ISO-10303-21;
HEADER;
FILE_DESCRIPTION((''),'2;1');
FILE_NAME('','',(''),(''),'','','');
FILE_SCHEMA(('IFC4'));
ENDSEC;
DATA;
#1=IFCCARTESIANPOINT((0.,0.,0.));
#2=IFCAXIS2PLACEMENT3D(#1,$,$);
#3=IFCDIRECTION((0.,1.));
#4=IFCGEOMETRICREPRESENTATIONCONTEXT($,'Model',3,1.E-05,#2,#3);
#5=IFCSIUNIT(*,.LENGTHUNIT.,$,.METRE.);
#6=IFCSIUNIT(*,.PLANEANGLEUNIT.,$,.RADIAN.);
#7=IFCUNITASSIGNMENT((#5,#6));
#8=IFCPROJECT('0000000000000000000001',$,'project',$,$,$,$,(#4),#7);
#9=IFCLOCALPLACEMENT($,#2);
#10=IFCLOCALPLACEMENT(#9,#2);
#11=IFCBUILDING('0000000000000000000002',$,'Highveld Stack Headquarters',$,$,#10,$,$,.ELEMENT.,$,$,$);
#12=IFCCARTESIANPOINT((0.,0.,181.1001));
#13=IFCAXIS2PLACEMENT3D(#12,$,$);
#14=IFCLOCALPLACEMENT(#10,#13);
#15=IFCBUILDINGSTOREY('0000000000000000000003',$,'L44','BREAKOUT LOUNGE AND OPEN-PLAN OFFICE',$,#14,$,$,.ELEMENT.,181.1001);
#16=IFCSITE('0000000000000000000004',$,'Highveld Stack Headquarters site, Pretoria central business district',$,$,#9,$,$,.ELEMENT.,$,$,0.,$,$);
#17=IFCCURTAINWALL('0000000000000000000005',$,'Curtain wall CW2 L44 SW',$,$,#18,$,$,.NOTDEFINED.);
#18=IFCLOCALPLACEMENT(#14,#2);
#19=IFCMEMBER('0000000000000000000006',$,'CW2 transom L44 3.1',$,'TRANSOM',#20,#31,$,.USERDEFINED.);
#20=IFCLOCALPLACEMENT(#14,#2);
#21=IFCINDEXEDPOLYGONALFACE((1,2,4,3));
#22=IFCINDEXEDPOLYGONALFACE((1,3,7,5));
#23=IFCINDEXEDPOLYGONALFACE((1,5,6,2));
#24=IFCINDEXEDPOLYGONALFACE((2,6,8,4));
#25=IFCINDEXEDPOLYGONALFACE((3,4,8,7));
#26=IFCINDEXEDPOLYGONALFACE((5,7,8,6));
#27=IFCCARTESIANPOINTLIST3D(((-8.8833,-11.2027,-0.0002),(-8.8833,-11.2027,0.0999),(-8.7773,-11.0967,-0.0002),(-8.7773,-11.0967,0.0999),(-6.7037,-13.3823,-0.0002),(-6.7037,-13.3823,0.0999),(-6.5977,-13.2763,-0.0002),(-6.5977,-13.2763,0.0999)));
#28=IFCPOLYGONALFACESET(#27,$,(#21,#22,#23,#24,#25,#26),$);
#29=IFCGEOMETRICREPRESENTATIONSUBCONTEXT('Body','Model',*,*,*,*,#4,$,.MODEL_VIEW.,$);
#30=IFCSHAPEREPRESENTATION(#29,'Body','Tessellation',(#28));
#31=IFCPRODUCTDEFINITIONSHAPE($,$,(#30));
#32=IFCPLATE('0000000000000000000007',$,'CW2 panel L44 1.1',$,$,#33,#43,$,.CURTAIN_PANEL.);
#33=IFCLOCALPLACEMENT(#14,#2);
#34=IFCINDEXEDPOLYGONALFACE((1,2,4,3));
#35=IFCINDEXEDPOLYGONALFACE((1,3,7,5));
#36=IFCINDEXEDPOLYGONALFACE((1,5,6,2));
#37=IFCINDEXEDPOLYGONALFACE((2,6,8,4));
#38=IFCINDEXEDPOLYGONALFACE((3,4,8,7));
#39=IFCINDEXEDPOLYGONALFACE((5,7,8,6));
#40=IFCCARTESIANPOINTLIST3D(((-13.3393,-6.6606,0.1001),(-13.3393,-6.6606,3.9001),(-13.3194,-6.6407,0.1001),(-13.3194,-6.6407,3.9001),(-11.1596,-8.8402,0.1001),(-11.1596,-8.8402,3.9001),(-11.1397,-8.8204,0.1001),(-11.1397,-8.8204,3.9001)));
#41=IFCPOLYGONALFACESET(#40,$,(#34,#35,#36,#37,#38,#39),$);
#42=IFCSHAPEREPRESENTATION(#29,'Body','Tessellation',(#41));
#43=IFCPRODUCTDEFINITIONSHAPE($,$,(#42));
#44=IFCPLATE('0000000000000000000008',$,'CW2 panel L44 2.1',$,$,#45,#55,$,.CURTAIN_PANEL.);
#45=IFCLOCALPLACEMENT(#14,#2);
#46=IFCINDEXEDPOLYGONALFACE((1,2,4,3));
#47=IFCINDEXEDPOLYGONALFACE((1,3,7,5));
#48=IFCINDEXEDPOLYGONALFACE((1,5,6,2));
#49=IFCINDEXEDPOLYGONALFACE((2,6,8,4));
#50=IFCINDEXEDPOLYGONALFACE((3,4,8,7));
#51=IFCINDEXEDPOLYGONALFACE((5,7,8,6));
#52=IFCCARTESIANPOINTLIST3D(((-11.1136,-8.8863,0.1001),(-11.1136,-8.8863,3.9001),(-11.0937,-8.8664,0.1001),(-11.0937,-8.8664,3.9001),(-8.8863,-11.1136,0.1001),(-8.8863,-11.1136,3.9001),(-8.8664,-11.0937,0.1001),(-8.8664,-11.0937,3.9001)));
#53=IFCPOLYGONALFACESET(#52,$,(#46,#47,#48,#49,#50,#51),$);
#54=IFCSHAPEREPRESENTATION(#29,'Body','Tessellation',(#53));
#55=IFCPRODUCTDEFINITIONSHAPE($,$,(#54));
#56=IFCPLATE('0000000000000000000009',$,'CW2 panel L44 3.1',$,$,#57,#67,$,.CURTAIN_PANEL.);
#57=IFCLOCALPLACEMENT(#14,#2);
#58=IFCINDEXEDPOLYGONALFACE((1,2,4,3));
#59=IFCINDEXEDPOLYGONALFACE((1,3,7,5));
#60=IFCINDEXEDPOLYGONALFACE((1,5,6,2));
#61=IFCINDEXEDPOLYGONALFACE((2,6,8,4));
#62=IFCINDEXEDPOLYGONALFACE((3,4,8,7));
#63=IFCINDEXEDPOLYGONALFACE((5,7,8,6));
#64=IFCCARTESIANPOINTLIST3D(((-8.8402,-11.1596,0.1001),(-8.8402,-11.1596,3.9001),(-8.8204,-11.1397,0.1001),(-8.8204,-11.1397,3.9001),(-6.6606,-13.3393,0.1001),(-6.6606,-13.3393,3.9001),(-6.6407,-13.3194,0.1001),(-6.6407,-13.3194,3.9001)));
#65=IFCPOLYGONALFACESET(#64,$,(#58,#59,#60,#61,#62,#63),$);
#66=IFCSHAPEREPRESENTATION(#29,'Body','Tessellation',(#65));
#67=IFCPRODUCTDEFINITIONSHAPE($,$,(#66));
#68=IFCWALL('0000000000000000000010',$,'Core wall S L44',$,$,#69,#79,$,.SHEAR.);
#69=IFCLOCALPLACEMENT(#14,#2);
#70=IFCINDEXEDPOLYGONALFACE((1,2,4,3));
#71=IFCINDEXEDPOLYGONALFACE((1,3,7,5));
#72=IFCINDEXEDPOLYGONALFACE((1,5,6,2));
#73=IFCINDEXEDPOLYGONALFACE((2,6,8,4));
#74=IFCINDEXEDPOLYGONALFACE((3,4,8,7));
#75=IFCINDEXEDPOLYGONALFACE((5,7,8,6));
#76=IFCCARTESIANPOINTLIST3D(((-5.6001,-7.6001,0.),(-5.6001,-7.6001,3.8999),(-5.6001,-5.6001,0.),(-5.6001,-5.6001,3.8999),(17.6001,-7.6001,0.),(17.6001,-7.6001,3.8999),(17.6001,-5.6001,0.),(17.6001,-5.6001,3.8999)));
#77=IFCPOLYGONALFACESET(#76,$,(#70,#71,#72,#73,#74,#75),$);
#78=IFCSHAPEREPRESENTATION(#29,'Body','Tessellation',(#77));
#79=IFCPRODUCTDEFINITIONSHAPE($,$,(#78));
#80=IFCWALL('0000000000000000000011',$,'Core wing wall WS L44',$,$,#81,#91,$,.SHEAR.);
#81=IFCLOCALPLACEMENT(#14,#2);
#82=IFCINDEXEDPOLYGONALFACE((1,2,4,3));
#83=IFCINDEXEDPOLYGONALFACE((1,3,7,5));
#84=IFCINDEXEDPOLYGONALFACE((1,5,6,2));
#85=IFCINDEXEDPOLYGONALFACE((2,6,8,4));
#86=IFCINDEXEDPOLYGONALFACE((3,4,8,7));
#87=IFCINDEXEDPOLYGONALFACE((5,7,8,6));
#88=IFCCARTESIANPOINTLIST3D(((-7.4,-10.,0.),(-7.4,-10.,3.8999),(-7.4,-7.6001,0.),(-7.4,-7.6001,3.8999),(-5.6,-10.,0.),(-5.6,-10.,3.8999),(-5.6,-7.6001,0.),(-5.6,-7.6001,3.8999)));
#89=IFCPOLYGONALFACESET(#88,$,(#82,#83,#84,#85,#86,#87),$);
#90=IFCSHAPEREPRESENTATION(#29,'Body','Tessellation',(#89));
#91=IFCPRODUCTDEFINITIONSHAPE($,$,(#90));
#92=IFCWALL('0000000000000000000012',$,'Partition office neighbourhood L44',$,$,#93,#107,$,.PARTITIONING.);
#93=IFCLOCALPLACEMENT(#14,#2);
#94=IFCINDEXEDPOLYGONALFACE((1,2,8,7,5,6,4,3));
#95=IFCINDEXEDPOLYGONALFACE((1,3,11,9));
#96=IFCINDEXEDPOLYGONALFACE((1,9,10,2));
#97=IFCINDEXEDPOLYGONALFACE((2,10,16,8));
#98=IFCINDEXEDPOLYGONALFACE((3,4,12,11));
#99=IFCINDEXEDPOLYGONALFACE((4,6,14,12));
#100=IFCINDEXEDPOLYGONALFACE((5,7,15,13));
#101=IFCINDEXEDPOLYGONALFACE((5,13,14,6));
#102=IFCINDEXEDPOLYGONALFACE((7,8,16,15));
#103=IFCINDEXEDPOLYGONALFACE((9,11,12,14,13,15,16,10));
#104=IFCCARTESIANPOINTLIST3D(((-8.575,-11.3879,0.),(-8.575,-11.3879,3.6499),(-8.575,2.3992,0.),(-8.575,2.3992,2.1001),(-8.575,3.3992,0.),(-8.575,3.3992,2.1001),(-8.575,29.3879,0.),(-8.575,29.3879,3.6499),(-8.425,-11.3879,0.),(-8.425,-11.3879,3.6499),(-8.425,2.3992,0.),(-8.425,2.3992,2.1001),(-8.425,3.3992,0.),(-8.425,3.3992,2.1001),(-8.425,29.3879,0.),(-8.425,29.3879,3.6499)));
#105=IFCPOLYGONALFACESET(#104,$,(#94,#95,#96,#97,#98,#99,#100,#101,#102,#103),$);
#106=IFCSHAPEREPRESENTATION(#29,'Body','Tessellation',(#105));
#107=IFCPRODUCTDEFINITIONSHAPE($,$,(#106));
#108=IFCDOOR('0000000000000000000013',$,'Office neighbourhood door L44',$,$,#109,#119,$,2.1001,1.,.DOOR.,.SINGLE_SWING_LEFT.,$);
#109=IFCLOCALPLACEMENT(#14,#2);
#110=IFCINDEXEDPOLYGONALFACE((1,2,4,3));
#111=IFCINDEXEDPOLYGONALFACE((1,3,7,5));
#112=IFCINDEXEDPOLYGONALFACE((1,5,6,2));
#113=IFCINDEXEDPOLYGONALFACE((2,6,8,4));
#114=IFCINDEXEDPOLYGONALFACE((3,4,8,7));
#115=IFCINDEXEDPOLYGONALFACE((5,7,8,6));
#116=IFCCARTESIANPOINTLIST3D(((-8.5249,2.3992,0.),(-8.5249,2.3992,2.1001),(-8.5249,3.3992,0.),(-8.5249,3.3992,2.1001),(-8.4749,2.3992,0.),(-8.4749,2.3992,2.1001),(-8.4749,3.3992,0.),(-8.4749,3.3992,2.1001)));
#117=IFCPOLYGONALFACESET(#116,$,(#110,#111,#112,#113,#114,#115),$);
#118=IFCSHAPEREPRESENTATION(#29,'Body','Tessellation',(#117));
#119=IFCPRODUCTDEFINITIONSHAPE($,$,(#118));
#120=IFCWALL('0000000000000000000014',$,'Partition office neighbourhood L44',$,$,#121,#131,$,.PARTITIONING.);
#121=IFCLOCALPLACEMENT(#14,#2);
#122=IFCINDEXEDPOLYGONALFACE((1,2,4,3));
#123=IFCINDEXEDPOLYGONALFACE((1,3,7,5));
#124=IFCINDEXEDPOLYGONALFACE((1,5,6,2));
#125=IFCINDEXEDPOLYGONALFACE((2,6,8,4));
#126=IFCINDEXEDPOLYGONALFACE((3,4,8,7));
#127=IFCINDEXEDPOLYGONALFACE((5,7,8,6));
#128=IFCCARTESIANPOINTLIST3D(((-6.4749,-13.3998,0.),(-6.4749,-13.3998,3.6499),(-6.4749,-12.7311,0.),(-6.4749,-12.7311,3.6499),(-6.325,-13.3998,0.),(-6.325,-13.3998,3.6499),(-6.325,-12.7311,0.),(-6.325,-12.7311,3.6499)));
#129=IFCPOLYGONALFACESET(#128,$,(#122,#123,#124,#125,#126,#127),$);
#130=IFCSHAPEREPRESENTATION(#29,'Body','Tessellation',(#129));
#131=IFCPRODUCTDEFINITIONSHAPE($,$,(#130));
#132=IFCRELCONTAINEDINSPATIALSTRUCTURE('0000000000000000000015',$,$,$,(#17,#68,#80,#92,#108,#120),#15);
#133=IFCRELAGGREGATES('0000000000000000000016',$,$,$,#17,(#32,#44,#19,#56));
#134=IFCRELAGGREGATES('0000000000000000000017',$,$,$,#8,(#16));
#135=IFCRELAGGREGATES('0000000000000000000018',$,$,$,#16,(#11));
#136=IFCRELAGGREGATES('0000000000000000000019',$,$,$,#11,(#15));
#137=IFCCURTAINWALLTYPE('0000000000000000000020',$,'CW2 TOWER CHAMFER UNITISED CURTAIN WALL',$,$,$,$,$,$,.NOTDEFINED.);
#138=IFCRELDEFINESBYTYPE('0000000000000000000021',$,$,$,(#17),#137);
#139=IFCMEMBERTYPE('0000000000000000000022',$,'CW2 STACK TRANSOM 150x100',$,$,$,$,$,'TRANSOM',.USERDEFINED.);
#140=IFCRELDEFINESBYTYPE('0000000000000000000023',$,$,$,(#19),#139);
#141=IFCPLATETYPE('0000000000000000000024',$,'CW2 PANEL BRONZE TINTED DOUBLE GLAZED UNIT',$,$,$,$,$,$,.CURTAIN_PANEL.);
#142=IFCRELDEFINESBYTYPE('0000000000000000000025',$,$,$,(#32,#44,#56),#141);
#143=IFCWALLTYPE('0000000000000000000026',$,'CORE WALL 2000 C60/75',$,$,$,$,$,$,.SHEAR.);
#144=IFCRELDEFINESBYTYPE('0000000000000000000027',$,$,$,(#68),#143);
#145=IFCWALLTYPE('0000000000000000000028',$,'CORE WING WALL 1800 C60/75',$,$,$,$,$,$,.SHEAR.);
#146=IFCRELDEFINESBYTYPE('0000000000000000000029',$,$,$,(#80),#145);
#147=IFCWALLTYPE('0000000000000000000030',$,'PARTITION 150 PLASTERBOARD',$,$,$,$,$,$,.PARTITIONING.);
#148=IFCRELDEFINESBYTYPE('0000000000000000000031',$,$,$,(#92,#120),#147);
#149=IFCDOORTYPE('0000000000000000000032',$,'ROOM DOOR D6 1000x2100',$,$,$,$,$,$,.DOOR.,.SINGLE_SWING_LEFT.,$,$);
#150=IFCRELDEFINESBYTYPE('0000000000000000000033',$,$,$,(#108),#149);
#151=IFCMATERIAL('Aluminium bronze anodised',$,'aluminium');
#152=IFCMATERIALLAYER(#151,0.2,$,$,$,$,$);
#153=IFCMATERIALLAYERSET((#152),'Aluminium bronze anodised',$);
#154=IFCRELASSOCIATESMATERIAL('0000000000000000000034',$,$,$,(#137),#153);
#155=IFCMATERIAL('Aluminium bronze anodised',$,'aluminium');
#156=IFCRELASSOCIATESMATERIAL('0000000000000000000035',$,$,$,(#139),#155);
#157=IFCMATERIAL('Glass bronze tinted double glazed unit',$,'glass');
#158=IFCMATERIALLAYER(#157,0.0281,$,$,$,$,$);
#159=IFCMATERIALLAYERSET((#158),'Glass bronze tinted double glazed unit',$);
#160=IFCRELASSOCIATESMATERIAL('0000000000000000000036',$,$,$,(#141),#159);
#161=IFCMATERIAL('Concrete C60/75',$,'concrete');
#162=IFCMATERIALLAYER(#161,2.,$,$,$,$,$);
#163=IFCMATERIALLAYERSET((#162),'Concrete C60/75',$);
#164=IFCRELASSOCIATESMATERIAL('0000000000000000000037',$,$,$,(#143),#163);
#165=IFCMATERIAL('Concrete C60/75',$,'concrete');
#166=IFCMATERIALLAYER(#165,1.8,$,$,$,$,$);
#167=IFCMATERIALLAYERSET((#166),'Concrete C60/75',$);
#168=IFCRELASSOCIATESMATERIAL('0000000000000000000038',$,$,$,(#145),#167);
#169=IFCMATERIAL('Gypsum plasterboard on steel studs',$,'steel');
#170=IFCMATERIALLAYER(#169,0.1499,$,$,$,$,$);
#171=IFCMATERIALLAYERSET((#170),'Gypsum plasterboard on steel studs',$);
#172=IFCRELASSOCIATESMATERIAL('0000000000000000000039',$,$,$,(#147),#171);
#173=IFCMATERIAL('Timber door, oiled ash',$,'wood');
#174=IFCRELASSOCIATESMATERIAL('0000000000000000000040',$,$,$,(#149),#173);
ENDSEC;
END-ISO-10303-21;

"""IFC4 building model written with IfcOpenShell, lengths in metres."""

from ifc_helpers import new_model, si_unit, direction, frame, frame_2d, origin, origin_2d, place, context, subcontext, project, spatial, rectangle, extrude, material, layer, layer_set, material_profile, profile_set, type_object, element, fill, aggregate, save


model = new_model("IFC4")

# Units and contexts
model_context = context("Model", 3, precision=1e-05, world=origin(), true_north=direction((0.0, 1.0)))
body_context = subcontext(model_context, "Body", "Model", "MODEL_VIEW")
ifc_project = project(units=[si_unit("LENGTHUNIT", "METRE"), si_unit("PLANEANGLEUNIT", "RADIAN")], contexts=[model_context])

# Site, building, storey
site_placement = place(None, origin())
site = spatial("IfcSite", under=ifc_project, at=site_placement, Name="Highveld Stack Headquarters site, Pretoria central business district", CompositionType="ELEMENT", RefElevation=0.0)
building_placement = place(site_placement, origin())
building = spatial("IfcBuilding", under=site, at=building_placement, Name="Highveld Stack Headquarters", CompositionType="ELEMENT")
storey_placement = place(building_placement, frame((0.0, 0.0, 181.1001)))
storey = spatial("IfcBuildingStorey", under=building, at=storey_placement, Name="L44", Description="BREAKOUT LOUNGE AND OPEN-PLAN OFFICE", CompositionType="ELEMENT", Elevation=181.1001)

# Curtain wall, member, plates
ifc_material_1 = material(Name="Aluminium bronze anodised", Category="aluminium")
ifc_layer_1 = layer(ifc_material_1, 0.2)
ifc_layer_set_1 = layer_set([ifc_layer_1], Name="Aluminium bronze anodised")
curtain_wall_type_1 = type_object("IfcCurtainWallType", Name="CW2 TOWER CHAMFER UNITISED CURTAIN WALL", PredefinedType="NOTDEFINED", material=ifc_layer_set_1)
curtain_wall_1_placement = place(storey_placement, origin())
curtain_wall_1 = element("IfcCurtainWall", 1, at=curtain_wall_1_placement, inside=storey, type_object=curtain_wall_type_1, Name="Curtain wall CW2 L44 SW", PredefinedType="NOTDEFINED")
ifc_material_2 = material(Name="Aluminium bronze anodised", Category="aluminium")
ifc_material_profile_1 = material_profile(ifc_material_2, rectangle(XDim=0.1499, YDim=0.1001, at=origin_2d()), Name="CW2 TRANSOM 150x100")
ifc_profile_set_1 = profile_set([ifc_material_profile_1], Name="Aluminium bronze anodised")
member_type_1 = type_object("IfcMemberType", Name="CW2 STACK TRANSOM 150x100", ElementType="TRANSOM", PredefinedType="USERDEFINED", material=ifc_profile_set_1)
member_1_placement = place(storey_placement, frame((-8.8303, -11.1497, 0.0498), z_axis=(0.707107, -0.707107, 0.0), x_axis=(0.707107, 0.707107, 0.0)))
member_1 = element("IfcMember", 2, at=member_1_placement, type_object=member_type_1, Name="CW2 transom L44 3.1", ObjectType="TRANSOM", PredefinedType="USERDEFINED", context=body_context, shape_type="SweptSolid", body=[
    extrude(rectangle(XDim=0.1499, YDim=0.1001, at=origin_2d()), origin(), (0.0, 0.0, 1.0), 3.0825),
])
ifc_material_3 = material(Name="Glass bronze tinted double glazed unit", Category="glass")
ifc_layer_2 = layer(ifc_material_3, 0.0281)
ifc_layer_set_2 = layer_set([ifc_layer_2], Name="Glass bronze tinted double glazed unit")
plate_type = type_object("IfcPlateType", Name="CW2 PANEL BRONZE TINTED DOUBLE GLAZED UNIT", PredefinedType="CURTAIN_PANEL", material=ifc_layer_set_2)
plate_1_placement = place(storey_placement, frame((-12.2395, -7.7405, 0.1001), z_axis=(0.0, 0.0, 1.0), x_axis=(0.707107, -0.707107, 0.0)))
plate_1 = element("IfcPlate", 3, at=plate_1_placement, type_object=plate_type, Name="CW2 panel L44 1.1", PredefinedType="CURTAIN_PANEL", context=body_context, shape_type="SweptSolid", body=[
    extrude(rectangle(XDim=3.0825, YDim=0.0281, at=origin_2d()), origin(), (0.0, 0.0, 1.0), 3.8),
])
plate_2_placement = place(storey_placement, frame((-9.99, -9.99, 0.1001), z_axis=(0.0, 0.0, 1.0), x_axis=(0.707107, -0.707107, 0.0)))
plate_2 = element("IfcPlate", 4, at=plate_2_placement, type_object=plate_type, Name="CW2 panel L44 2.1", PredefinedType="CURTAIN_PANEL", context=body_context, shape_type="SweptSolid", body=[
    extrude(rectangle(XDim=3.1499, YDim=0.0281, at=origin_2d()), origin(), (0.0, 0.0, 1.0), 3.8),
])
plate_3_placement = place(storey_placement, frame((-7.7405, -12.2395, 0.1001), z_axis=(0.0, 0.0, 1.0), x_axis=(0.707107, -0.707107, 0.0)))
plate_3 = element("IfcPlate", 5, at=plate_3_placement, type_object=plate_type, Name="CW2 panel L44 3.1", PredefinedType="CURTAIN_PANEL", context=body_context, shape_type="SweptSolid", body=[
    extrude(rectangle(XDim=3.0825, YDim=0.0281, at=origin_2d()), origin(), (0.0, 0.0, 1.0), 3.8),
])
aggregate(curtain_wall_1, [plate_1, plate_2, member_1, plate_3])

# Walls
ifc_material_4 = material(Name="Concrete C60/75", Category="concrete")
ifc_layer_3 = layer(ifc_material_4, 2.0)
ifc_layer_set_3 = layer_set([ifc_layer_3], Name="Concrete C60/75")
wall_type_1 = type_object("IfcWallType", Name="CORE WALL 2000 C60/75", PredefinedType="SHEAR", material=ifc_layer_set_3)
wall_1_placement = place(storey_placement, frame((-5.6001, -6.6001, 0.0), z_axis=(0.0, 0.0, 1.0), x_axis=(1.0, 0.0, 0.0)))
element("IfcWall", 6, at=wall_1_placement, inside=storey, type_object=wall_type_1, Name="Core wall S L44", PredefinedType="SHEAR", context=body_context, shape_type="SweptSolid", body=[
    extrude(rectangle(XDim=23.2002, YDim=2.0, at=frame_2d((11.6001, 0.0))), origin(), (0.0, 0.0, 1.0), 3.8999),
])
ifc_material_5 = material(Name="Concrete C60/75", Category="concrete")
ifc_layer_4 = layer(ifc_material_5, 1.8)
ifc_layer_set_4 = layer_set([ifc_layer_4], Name="Concrete C60/75")
wall_type_2 = type_object("IfcWallType", Name="CORE WING WALL 1800 C60/75", PredefinedType="SHEAR", material=ifc_layer_set_4)
wall_2_placement = place(storey_placement, frame((-6.5, -10.0, 0.0), z_axis=(0.0, 0.0, 1.0), x_axis=(0.0, 1.0, 0.0)))
element("IfcWall", 7, at=wall_2_placement, inside=storey, type_object=wall_type_2, Name="Core wing wall WS L44", PredefinedType="SHEAR", context=body_context, shape_type="SweptSolid", body=[
    extrude(rectangle(XDim=2.3999, YDim=1.8, at=frame_2d((1.2, 0.0))), origin(), (0.0, 0.0, 1.0), 3.8999),
])

# Wall, opening, door
ifc_material_6 = material(Name="Gypsum plasterboard on steel studs", Category="steel")
ifc_layer_5 = layer(ifc_material_6, 0.1499)
ifc_layer_set_5 = layer_set([ifc_layer_5], Name="Gypsum plasterboard on steel studs")
wall_type_3 = type_object("IfcWallType", Name="PARTITION 150 PLASTERBOARD", PredefinedType="PARTITIONING", material=ifc_layer_set_5)
wall_3_placement = place(storey_placement, frame((-8.5, -11.3879, 0.0), z_axis=(0.0, 0.0, 1.0), x_axis=(0.0, 1.0, 0.0)))
wall_3 = element("IfcWall", 8, at=wall_3_placement, inside=storey, type_object=wall_type_3, Name="Partition office neighbourhood L44", PredefinedType="PARTITIONING", context=body_context, shape_type="SweptSolid", body=[
    extrude(rectangle(XDim=40.7759, YDim=0.1499, at=frame_2d((20.3879, 0.0))), origin(), (0.0, 0.0, 1.0), 3.6499),
])
opening_1_placement = place(wall_3_placement, frame((13.7871, 0.0, 0.0)))
opening_1 = element("IfcOpeningElement", 9, at=opening_1_placement, cuts=wall_3, PredefinedType="OPENING", context=body_context, shape_type="SweptSolid", body=[
    extrude(rectangle(XDim=1.0, YDim=2.1001, at=frame_2d((0.5, 1.05))), frame((0.0, 0.085, 0.0), z_axis=(0.0, -1.0, 0.0), x_axis=(1.0, 0.0, 0.0)), (0.0, 0.0, 1.0), 0.1699),
])
ifc_material_7 = material(Name="Timber door, oiled ash", Category="wood")
door_type_1 = type_object("IfcDoorType", Name="ROOM DOOR D6 1000x2100", OperationType="SINGLE_SWING_LEFT", PredefinedType="DOOR", material=ifc_material_7)
door_1_placement = place(opening_1_placement, origin())
door_1 = element("IfcDoor", 10, at=door_1_placement, inside=storey, type_object=door_type_1, Name="Office neighbourhood door L44", OperationType="SINGLE_SWING_LEFT", OverallHeight=2.1001, OverallWidth=1.0, PredefinedType="DOOR", context=body_context, shape_type="SweptSolid", body=[
    extrude(rectangle(XDim=1.0, YDim=2.1001, at=frame_2d((0.5, 1.05))), frame((0.0, 0.0249, 0.0), z_axis=(0.0, -1.0, 0.0), x_axis=(1.0, 0.0, 0.0)), (0.0, 0.0, 1.0), 0.05),
])
fill(opening_1, door_1)

# Wall
wall_4_placement = place(storey_placement, frame((-6.3999, -13.3999, 0.0), z_axis=(0.0, 0.0, 1.0), x_axis=(0.0, 1.0, 0.0)))
element("IfcWall", 11, at=wall_4_placement, inside=storey, type_object=wall_type_3, Name="Partition office neighbourhood L44", PredefinedType="PARTITIONING", context=body_context, shape_type="SweptSolid", body=[
    extrude(rectangle(XDim=0.6687, YDim=0.1499, at=frame_2d((0.3345, 0.0))), origin(), (0.0, 0.0, 1.0), 3.6499),
])

save(model, "model.ifc")
